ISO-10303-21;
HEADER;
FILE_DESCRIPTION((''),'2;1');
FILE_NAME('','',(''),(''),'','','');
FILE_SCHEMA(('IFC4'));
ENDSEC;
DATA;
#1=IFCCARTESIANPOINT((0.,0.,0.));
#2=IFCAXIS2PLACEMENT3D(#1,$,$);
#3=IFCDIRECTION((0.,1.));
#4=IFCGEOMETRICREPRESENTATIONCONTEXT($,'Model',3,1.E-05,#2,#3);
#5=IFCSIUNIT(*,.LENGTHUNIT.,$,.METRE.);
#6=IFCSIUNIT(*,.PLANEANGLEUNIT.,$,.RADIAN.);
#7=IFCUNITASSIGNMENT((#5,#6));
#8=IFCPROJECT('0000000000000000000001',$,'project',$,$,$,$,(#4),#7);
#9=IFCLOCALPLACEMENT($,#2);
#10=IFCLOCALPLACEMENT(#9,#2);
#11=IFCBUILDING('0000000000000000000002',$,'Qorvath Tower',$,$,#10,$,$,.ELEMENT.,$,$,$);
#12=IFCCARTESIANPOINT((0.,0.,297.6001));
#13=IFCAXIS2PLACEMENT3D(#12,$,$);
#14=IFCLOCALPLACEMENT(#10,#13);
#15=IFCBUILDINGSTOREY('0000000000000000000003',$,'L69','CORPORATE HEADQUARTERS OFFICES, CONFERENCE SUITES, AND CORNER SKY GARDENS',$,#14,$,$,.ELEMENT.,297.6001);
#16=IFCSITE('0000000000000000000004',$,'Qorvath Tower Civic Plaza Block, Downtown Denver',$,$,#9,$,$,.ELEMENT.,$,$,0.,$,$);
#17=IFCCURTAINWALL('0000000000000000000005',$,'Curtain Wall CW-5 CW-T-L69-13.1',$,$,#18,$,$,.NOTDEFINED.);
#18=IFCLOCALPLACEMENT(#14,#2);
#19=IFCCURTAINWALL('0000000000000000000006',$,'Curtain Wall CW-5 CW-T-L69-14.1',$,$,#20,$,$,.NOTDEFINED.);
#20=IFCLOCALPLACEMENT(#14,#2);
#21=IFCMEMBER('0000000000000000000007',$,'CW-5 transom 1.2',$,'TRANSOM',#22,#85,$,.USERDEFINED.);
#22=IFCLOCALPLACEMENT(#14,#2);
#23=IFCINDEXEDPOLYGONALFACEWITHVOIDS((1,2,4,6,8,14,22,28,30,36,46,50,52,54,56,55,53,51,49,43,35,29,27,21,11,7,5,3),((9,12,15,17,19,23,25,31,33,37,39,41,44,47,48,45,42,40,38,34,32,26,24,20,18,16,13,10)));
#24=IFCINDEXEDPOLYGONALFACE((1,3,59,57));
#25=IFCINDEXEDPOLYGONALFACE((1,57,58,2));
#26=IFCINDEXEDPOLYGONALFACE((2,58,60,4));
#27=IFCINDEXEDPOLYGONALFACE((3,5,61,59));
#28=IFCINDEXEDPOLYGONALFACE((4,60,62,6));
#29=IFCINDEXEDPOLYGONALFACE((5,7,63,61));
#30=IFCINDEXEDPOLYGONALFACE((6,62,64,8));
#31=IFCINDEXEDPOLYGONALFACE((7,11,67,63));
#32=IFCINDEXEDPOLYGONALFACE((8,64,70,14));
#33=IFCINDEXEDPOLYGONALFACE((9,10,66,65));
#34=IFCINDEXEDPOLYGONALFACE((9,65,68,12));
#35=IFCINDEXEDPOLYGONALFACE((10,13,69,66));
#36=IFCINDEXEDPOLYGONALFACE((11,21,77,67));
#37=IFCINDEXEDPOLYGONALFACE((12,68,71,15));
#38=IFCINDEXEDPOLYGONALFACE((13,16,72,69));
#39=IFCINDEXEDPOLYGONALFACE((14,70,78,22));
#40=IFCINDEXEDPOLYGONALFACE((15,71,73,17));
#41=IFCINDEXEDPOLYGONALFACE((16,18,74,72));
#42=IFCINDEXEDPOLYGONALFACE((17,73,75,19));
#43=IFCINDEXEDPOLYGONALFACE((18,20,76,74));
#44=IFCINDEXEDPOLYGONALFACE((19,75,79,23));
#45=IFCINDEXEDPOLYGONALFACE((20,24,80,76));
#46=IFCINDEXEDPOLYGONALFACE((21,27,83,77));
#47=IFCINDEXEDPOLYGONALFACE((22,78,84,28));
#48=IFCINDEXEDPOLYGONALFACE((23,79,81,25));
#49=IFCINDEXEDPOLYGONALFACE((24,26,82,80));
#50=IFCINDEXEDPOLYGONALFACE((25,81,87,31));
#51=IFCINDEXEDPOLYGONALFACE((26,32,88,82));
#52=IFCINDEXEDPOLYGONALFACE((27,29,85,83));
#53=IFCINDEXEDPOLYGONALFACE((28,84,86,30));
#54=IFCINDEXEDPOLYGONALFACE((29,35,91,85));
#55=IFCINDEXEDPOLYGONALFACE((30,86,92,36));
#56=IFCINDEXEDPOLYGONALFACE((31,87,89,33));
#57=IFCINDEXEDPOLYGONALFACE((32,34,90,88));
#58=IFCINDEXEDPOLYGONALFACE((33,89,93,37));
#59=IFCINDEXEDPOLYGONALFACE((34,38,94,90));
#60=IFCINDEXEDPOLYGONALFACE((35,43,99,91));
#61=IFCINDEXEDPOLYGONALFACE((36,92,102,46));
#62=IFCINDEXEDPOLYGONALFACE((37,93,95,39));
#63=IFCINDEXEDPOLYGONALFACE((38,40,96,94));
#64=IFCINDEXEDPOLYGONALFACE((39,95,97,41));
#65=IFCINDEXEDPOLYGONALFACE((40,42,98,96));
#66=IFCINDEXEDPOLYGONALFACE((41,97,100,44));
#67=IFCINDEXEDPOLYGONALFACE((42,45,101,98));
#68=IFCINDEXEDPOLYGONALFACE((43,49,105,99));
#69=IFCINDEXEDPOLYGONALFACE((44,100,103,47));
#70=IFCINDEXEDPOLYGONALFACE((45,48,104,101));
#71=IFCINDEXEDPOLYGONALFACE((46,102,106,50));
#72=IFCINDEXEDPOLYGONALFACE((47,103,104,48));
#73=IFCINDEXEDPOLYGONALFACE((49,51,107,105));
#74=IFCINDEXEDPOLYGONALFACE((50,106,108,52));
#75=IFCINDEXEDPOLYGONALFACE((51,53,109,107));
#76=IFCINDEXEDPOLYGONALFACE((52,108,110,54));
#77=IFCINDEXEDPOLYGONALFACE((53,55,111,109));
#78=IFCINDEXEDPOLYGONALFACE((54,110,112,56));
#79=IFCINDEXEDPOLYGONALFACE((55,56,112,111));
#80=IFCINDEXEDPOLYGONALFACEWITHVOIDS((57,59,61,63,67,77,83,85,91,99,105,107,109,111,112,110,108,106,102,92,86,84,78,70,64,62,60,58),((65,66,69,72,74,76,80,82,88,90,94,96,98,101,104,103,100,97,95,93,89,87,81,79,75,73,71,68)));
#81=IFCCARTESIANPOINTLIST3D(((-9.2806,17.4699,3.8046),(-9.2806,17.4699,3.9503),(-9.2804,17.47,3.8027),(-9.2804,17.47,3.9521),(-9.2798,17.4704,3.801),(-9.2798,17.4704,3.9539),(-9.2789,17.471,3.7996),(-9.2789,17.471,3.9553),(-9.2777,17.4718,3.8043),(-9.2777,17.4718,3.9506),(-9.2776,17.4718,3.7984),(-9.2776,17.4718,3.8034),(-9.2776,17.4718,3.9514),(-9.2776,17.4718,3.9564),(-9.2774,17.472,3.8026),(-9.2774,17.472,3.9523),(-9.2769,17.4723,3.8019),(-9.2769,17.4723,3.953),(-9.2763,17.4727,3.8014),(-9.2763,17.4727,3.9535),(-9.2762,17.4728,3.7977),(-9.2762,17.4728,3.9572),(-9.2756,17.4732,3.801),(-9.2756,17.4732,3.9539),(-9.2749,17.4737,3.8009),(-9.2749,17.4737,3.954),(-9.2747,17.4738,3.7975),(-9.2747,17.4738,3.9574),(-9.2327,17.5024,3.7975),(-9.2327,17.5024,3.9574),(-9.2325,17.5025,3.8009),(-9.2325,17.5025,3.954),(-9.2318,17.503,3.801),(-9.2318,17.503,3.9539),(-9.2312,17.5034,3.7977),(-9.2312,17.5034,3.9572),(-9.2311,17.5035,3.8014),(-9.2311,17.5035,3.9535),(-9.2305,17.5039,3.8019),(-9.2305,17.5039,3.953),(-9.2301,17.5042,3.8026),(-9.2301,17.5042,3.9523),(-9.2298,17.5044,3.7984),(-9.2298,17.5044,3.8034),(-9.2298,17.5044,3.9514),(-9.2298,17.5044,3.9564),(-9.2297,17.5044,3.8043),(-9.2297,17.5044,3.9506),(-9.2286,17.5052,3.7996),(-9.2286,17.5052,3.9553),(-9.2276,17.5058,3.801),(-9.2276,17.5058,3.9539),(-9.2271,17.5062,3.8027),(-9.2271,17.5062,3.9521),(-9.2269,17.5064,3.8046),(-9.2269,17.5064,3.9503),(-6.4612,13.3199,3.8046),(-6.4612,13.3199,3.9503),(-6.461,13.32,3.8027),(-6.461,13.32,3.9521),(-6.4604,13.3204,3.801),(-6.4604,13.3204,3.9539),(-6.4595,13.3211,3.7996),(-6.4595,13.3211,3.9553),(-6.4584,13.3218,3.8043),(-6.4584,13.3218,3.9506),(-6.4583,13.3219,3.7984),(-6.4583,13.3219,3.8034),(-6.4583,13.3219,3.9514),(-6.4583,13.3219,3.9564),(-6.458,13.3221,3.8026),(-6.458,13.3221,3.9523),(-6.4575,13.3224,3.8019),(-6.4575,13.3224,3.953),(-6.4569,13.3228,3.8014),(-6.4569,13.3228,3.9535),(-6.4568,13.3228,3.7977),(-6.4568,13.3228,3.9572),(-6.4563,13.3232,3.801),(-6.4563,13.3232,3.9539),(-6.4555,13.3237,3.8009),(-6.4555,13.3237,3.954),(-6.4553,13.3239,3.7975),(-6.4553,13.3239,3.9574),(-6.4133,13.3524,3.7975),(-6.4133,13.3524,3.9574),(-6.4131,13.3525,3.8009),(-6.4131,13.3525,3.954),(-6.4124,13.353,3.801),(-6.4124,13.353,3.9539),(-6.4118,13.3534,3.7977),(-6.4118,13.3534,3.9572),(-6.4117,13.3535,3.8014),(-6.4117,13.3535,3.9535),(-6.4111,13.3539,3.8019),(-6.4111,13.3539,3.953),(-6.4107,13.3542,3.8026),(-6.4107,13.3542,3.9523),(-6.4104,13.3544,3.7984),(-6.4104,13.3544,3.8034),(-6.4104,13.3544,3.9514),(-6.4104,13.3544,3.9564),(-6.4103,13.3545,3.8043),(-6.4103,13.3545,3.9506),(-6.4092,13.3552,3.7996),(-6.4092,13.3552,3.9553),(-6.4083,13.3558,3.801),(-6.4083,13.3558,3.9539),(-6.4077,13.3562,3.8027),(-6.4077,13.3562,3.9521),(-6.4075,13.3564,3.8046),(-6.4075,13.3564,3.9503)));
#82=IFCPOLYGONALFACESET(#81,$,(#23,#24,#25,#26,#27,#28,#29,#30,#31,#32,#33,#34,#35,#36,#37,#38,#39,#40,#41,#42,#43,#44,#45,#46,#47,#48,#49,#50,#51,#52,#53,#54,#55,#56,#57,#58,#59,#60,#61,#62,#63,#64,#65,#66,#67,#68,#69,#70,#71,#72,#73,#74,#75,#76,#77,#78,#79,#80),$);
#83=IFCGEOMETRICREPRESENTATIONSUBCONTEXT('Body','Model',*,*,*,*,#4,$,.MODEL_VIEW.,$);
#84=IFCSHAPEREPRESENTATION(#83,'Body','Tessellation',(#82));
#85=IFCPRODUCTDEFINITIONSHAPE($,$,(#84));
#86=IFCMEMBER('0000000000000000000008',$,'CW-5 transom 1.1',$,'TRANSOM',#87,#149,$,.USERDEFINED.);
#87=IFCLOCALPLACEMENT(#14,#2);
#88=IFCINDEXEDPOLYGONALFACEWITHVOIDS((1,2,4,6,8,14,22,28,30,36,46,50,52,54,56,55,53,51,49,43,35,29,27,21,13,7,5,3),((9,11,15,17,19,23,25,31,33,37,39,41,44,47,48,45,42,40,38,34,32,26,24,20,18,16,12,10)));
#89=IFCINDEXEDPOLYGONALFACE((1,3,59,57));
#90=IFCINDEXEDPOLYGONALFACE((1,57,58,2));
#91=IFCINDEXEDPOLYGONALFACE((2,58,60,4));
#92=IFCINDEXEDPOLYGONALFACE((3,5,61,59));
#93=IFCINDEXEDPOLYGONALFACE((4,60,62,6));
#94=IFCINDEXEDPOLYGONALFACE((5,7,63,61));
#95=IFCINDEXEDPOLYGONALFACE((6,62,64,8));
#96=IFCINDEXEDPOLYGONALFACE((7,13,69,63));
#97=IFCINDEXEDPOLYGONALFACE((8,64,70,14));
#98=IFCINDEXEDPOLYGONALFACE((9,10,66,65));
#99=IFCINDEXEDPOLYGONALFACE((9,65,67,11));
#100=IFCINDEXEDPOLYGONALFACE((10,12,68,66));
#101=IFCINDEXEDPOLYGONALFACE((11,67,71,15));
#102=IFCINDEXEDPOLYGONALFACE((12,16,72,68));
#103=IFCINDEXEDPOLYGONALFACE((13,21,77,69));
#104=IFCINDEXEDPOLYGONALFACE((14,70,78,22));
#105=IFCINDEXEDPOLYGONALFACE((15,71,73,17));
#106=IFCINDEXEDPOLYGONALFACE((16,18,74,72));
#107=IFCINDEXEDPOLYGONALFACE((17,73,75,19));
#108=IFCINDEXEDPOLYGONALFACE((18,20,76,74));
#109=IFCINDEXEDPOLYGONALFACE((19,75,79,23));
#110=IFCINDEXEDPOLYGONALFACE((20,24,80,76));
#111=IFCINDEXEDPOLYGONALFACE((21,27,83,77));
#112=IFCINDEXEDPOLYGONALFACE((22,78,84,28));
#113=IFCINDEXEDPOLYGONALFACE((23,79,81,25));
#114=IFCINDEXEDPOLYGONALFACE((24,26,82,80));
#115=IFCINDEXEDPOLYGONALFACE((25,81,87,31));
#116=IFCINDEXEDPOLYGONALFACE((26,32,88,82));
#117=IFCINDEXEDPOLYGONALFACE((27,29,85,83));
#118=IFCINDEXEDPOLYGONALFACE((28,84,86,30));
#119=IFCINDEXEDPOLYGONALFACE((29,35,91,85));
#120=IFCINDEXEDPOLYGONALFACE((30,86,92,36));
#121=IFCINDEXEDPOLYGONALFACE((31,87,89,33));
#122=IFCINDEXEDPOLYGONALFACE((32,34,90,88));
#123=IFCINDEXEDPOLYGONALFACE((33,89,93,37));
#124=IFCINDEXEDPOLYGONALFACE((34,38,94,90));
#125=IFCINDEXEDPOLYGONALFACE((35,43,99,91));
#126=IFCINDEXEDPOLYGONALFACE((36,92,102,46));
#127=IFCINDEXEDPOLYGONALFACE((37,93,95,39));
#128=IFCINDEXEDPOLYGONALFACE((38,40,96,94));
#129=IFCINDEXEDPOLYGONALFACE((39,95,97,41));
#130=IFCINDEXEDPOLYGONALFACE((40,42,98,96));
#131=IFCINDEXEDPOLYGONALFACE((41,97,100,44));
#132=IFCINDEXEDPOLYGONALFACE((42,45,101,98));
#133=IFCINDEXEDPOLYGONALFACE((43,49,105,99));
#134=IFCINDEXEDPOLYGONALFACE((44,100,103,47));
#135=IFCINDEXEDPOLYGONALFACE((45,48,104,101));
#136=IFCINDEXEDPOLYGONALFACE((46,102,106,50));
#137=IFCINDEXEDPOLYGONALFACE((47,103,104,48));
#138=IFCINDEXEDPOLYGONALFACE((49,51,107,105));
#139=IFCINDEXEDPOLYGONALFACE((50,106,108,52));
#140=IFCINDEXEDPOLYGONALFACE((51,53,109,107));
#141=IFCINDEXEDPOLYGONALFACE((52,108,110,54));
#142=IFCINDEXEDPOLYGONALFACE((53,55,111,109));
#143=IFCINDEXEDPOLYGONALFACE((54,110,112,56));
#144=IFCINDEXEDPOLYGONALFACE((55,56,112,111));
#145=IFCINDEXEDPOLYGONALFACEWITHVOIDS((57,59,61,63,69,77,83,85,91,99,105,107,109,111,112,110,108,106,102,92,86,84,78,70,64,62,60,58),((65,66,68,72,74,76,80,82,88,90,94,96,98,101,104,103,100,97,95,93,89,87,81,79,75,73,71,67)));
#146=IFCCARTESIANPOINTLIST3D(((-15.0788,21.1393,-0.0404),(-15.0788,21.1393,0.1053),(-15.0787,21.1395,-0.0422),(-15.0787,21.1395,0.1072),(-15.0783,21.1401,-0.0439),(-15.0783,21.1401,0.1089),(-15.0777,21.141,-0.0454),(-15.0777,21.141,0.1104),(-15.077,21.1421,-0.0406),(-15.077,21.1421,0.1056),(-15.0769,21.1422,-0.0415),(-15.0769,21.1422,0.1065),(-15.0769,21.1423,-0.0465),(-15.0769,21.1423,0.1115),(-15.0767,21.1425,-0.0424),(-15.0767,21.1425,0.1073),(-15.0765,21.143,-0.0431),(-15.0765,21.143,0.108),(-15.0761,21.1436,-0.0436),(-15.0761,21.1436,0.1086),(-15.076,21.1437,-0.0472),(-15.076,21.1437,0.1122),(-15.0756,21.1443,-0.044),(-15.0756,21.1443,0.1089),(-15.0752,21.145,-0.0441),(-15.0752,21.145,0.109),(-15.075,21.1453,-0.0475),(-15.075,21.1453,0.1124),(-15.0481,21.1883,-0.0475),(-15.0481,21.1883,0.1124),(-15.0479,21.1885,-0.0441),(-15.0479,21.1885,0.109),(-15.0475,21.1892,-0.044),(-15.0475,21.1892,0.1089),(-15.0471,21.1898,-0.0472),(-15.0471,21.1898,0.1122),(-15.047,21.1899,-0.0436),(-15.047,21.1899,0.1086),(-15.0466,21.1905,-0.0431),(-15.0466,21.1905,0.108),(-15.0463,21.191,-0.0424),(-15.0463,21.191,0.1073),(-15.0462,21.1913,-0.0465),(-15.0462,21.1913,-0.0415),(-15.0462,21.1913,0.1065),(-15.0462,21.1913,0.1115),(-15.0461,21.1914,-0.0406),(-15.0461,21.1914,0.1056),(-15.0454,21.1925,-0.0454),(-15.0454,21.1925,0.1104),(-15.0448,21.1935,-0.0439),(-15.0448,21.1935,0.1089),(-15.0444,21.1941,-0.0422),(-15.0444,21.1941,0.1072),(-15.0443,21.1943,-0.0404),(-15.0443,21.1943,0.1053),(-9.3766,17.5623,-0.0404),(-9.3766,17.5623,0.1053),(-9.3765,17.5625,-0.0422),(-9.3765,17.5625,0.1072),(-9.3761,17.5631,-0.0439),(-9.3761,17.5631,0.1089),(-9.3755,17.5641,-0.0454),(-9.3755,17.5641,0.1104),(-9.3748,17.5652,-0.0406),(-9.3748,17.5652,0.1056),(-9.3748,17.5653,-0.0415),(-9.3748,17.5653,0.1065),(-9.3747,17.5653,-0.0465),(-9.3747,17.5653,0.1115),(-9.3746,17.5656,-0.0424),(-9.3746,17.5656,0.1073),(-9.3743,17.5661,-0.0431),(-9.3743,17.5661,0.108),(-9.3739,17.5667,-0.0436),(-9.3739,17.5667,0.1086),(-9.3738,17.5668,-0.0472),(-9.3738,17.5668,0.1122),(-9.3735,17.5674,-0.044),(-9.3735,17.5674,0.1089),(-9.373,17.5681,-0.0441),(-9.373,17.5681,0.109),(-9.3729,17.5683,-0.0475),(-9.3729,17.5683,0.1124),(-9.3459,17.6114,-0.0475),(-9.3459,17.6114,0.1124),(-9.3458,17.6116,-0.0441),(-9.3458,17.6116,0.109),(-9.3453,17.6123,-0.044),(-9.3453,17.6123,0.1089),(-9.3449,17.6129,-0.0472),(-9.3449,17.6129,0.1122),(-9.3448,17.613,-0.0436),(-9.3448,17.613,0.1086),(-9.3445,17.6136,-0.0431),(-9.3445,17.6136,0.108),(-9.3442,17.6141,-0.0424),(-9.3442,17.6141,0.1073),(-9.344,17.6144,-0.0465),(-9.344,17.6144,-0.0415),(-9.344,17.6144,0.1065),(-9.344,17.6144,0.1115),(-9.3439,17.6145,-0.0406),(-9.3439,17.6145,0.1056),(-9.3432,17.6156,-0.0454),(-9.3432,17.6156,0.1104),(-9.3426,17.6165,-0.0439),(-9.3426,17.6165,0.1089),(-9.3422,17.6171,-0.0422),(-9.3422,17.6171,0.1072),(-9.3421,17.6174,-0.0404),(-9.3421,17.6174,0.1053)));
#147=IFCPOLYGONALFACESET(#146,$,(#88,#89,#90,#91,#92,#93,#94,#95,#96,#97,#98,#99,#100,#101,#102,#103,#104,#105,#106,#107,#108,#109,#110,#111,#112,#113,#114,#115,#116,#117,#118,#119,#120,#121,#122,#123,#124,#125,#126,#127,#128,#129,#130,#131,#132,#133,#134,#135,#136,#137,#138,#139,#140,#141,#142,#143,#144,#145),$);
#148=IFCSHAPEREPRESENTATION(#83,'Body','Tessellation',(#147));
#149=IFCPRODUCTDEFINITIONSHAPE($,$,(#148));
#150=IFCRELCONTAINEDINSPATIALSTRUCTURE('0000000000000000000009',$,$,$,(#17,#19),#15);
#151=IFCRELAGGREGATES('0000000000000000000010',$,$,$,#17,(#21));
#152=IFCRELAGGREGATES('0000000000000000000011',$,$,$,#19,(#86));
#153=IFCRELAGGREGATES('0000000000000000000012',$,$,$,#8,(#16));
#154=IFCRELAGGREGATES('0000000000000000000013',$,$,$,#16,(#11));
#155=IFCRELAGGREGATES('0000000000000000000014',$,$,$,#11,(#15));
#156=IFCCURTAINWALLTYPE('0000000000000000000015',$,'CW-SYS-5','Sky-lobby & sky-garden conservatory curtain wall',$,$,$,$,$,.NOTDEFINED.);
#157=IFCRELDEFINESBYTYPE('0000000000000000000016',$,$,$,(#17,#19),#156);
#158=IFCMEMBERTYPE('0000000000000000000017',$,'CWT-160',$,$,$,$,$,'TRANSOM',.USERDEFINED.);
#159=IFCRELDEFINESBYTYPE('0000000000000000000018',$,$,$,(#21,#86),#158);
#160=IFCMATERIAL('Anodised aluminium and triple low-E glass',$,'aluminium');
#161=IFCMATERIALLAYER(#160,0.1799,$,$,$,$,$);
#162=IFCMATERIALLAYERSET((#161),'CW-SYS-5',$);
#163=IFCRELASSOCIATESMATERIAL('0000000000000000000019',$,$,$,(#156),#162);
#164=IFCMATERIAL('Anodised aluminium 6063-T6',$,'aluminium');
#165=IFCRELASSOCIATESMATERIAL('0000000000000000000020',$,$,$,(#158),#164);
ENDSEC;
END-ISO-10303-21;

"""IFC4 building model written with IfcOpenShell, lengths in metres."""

from ifc_helpers import new_model, si_unit, direction, frame, origin, origin_2d, place, context, subcontext, project, spatial, hollow_rectangle, extrude, material, layer, layer_set, material_profile, profile_set, type_object, element, aggregate, save


model = new_model("IFC4")

# Units and contexts
model_context = context("Model", 3, precision=1e-05, world=origin(), true_north=direction((0.0, 1.0)))
body_context = subcontext(model_context, "Body", "Model", "MODEL_VIEW")
ifc_project = project(units=[si_unit("LENGTHUNIT", "METRE"), si_unit("PLANEANGLEUNIT", "RADIAN")], contexts=[model_context])

# Site, building, storey
site_placement = place(None, origin())
site = spatial("IfcSite", under=ifc_project, at=site_placement, Name="Qorvath Tower Civic Plaza Block, Downtown Denver", CompositionType="ELEMENT", RefElevation=0.0)
building_placement = place(site_placement, origin())
building = spatial("IfcBuilding", under=site, at=building_placement, Name="Qorvath Tower", CompositionType="ELEMENT")
storey_placement = place(building_placement, frame((0.0, 0.0, 297.6001)))
storey = spatial("IfcBuildingStorey", under=building, at=storey_placement, Name="L69", Description="CORPORATE HEADQUARTERS OFFICES, CONFERENCE SUITES, AND CORNER SKY GARDENS", CompositionType="ELEMENT", Elevation=297.6001)

# Curtain walls
ifc_material_1 = material(Name="Anodised aluminium and triple low-E glass", Category="aluminium")
ifc_layer_1 = layer(ifc_material_1, 0.1799)
ifc_layer_set_1 = layer_set([ifc_layer_1], Name="CW-SYS-5")
curtain_wall_type = type_object("IfcCurtainWallType", Name="CW-SYS-5", Description="Sky-lobby & sky-garden conservatory curtain wall", PredefinedType="NOTDEFINED", material=ifc_layer_set_1)
curtain_wall_1_placement = place(storey_placement, origin())
curtain_wall_1 = element("IfcCurtainWall", 1, at=curtain_wall_1_placement, inside=storey, type_object=curtain_wall_type, Name="Curtain Wall CW-5 CW-T-L69-13.1", PredefinedType="NOTDEFINED")
curtain_wall_2_placement = place(storey_placement, origin())
curtain_wall_2 = element("IfcCurtainWall", 2, at=curtain_wall_2_placement, inside=storey, type_object=curtain_wall_type, Name="Curtain Wall CW-5 CW-T-L69-14.1", PredefinedType="NOTDEFINED")

# Members
ifc_material_2 = material(Name="Anodised aluminium 6063-T6", Category="aluminium")
ifc_material_profile_1 = material_profile(ifc_material_2, hollow_rectangle(XDim=0.0649, YDim=0.1599, WallThickness=0.0034, InnerFilletRadius=0.0034, OuterFilletRadius=0.0071, at=origin_2d()), Name="CWT 160x65")
ifc_profile_set_1 = profile_set([ifc_material_profile_1], Name="Anodised aluminium 6063-T6")
member_type_1 = type_object("IfcMemberType", Name="CWT-160", ElementType="TRANSOM", PredefinedType="USERDEFINED", material=ifc_profile_set_1)
member_1_placement = place(storey_placement, frame((-6.4343, 13.3381, 3.8774), z_axis=(-0.561956, 0.827167, 0.0), x_axis=(-0.827167, -0.561956, 0.0)))
member_1 = element("IfcMember", 3, at=member_1_placement, type_object=member_type_1, Name="CW-5 transom 1.2", ObjectType="TRANSOM", PredefinedType="USERDEFINED", context=body_context, shape_type="SweptSolid", body=[
    extrude(hollow_rectangle(XDim=0.0649, YDim=0.1599, WallThickness=0.0034, InnerFilletRadius=0.0034, OuterFilletRadius=0.0071, at=origin_2d()), origin(), (0.0, 0.0, 1.0), 5.0171),
])
member_2_placement = place(storey_placement, frame((-9.3594, 17.5898, 0.0325), z_axis=(-0.847125, 0.531394, 0.0), x_axis=(-0.531394, -0.847125, 0.0)))
member_2 = element("IfcMember", 4, at=member_2_placement, type_object=member_type_1, Name="CW-5 transom 1.1", ObjectType="TRANSOM", PredefinedType="USERDEFINED", context=body_context, shape_type="SweptSolid", body=[
    extrude(hollow_rectangle(XDim=0.0649, YDim=0.1599, WallThickness=0.0034, InnerFilletRadius=0.0034, OuterFilletRadius=0.0071, at=origin_2d()), origin(), (0.0, 0.0, 1.0), 6.7312),
])

aggregate(curtain_wall_1, [member_1])
aggregate(curtain_wall_2, [member_2])

save(model, "model.ifc")
